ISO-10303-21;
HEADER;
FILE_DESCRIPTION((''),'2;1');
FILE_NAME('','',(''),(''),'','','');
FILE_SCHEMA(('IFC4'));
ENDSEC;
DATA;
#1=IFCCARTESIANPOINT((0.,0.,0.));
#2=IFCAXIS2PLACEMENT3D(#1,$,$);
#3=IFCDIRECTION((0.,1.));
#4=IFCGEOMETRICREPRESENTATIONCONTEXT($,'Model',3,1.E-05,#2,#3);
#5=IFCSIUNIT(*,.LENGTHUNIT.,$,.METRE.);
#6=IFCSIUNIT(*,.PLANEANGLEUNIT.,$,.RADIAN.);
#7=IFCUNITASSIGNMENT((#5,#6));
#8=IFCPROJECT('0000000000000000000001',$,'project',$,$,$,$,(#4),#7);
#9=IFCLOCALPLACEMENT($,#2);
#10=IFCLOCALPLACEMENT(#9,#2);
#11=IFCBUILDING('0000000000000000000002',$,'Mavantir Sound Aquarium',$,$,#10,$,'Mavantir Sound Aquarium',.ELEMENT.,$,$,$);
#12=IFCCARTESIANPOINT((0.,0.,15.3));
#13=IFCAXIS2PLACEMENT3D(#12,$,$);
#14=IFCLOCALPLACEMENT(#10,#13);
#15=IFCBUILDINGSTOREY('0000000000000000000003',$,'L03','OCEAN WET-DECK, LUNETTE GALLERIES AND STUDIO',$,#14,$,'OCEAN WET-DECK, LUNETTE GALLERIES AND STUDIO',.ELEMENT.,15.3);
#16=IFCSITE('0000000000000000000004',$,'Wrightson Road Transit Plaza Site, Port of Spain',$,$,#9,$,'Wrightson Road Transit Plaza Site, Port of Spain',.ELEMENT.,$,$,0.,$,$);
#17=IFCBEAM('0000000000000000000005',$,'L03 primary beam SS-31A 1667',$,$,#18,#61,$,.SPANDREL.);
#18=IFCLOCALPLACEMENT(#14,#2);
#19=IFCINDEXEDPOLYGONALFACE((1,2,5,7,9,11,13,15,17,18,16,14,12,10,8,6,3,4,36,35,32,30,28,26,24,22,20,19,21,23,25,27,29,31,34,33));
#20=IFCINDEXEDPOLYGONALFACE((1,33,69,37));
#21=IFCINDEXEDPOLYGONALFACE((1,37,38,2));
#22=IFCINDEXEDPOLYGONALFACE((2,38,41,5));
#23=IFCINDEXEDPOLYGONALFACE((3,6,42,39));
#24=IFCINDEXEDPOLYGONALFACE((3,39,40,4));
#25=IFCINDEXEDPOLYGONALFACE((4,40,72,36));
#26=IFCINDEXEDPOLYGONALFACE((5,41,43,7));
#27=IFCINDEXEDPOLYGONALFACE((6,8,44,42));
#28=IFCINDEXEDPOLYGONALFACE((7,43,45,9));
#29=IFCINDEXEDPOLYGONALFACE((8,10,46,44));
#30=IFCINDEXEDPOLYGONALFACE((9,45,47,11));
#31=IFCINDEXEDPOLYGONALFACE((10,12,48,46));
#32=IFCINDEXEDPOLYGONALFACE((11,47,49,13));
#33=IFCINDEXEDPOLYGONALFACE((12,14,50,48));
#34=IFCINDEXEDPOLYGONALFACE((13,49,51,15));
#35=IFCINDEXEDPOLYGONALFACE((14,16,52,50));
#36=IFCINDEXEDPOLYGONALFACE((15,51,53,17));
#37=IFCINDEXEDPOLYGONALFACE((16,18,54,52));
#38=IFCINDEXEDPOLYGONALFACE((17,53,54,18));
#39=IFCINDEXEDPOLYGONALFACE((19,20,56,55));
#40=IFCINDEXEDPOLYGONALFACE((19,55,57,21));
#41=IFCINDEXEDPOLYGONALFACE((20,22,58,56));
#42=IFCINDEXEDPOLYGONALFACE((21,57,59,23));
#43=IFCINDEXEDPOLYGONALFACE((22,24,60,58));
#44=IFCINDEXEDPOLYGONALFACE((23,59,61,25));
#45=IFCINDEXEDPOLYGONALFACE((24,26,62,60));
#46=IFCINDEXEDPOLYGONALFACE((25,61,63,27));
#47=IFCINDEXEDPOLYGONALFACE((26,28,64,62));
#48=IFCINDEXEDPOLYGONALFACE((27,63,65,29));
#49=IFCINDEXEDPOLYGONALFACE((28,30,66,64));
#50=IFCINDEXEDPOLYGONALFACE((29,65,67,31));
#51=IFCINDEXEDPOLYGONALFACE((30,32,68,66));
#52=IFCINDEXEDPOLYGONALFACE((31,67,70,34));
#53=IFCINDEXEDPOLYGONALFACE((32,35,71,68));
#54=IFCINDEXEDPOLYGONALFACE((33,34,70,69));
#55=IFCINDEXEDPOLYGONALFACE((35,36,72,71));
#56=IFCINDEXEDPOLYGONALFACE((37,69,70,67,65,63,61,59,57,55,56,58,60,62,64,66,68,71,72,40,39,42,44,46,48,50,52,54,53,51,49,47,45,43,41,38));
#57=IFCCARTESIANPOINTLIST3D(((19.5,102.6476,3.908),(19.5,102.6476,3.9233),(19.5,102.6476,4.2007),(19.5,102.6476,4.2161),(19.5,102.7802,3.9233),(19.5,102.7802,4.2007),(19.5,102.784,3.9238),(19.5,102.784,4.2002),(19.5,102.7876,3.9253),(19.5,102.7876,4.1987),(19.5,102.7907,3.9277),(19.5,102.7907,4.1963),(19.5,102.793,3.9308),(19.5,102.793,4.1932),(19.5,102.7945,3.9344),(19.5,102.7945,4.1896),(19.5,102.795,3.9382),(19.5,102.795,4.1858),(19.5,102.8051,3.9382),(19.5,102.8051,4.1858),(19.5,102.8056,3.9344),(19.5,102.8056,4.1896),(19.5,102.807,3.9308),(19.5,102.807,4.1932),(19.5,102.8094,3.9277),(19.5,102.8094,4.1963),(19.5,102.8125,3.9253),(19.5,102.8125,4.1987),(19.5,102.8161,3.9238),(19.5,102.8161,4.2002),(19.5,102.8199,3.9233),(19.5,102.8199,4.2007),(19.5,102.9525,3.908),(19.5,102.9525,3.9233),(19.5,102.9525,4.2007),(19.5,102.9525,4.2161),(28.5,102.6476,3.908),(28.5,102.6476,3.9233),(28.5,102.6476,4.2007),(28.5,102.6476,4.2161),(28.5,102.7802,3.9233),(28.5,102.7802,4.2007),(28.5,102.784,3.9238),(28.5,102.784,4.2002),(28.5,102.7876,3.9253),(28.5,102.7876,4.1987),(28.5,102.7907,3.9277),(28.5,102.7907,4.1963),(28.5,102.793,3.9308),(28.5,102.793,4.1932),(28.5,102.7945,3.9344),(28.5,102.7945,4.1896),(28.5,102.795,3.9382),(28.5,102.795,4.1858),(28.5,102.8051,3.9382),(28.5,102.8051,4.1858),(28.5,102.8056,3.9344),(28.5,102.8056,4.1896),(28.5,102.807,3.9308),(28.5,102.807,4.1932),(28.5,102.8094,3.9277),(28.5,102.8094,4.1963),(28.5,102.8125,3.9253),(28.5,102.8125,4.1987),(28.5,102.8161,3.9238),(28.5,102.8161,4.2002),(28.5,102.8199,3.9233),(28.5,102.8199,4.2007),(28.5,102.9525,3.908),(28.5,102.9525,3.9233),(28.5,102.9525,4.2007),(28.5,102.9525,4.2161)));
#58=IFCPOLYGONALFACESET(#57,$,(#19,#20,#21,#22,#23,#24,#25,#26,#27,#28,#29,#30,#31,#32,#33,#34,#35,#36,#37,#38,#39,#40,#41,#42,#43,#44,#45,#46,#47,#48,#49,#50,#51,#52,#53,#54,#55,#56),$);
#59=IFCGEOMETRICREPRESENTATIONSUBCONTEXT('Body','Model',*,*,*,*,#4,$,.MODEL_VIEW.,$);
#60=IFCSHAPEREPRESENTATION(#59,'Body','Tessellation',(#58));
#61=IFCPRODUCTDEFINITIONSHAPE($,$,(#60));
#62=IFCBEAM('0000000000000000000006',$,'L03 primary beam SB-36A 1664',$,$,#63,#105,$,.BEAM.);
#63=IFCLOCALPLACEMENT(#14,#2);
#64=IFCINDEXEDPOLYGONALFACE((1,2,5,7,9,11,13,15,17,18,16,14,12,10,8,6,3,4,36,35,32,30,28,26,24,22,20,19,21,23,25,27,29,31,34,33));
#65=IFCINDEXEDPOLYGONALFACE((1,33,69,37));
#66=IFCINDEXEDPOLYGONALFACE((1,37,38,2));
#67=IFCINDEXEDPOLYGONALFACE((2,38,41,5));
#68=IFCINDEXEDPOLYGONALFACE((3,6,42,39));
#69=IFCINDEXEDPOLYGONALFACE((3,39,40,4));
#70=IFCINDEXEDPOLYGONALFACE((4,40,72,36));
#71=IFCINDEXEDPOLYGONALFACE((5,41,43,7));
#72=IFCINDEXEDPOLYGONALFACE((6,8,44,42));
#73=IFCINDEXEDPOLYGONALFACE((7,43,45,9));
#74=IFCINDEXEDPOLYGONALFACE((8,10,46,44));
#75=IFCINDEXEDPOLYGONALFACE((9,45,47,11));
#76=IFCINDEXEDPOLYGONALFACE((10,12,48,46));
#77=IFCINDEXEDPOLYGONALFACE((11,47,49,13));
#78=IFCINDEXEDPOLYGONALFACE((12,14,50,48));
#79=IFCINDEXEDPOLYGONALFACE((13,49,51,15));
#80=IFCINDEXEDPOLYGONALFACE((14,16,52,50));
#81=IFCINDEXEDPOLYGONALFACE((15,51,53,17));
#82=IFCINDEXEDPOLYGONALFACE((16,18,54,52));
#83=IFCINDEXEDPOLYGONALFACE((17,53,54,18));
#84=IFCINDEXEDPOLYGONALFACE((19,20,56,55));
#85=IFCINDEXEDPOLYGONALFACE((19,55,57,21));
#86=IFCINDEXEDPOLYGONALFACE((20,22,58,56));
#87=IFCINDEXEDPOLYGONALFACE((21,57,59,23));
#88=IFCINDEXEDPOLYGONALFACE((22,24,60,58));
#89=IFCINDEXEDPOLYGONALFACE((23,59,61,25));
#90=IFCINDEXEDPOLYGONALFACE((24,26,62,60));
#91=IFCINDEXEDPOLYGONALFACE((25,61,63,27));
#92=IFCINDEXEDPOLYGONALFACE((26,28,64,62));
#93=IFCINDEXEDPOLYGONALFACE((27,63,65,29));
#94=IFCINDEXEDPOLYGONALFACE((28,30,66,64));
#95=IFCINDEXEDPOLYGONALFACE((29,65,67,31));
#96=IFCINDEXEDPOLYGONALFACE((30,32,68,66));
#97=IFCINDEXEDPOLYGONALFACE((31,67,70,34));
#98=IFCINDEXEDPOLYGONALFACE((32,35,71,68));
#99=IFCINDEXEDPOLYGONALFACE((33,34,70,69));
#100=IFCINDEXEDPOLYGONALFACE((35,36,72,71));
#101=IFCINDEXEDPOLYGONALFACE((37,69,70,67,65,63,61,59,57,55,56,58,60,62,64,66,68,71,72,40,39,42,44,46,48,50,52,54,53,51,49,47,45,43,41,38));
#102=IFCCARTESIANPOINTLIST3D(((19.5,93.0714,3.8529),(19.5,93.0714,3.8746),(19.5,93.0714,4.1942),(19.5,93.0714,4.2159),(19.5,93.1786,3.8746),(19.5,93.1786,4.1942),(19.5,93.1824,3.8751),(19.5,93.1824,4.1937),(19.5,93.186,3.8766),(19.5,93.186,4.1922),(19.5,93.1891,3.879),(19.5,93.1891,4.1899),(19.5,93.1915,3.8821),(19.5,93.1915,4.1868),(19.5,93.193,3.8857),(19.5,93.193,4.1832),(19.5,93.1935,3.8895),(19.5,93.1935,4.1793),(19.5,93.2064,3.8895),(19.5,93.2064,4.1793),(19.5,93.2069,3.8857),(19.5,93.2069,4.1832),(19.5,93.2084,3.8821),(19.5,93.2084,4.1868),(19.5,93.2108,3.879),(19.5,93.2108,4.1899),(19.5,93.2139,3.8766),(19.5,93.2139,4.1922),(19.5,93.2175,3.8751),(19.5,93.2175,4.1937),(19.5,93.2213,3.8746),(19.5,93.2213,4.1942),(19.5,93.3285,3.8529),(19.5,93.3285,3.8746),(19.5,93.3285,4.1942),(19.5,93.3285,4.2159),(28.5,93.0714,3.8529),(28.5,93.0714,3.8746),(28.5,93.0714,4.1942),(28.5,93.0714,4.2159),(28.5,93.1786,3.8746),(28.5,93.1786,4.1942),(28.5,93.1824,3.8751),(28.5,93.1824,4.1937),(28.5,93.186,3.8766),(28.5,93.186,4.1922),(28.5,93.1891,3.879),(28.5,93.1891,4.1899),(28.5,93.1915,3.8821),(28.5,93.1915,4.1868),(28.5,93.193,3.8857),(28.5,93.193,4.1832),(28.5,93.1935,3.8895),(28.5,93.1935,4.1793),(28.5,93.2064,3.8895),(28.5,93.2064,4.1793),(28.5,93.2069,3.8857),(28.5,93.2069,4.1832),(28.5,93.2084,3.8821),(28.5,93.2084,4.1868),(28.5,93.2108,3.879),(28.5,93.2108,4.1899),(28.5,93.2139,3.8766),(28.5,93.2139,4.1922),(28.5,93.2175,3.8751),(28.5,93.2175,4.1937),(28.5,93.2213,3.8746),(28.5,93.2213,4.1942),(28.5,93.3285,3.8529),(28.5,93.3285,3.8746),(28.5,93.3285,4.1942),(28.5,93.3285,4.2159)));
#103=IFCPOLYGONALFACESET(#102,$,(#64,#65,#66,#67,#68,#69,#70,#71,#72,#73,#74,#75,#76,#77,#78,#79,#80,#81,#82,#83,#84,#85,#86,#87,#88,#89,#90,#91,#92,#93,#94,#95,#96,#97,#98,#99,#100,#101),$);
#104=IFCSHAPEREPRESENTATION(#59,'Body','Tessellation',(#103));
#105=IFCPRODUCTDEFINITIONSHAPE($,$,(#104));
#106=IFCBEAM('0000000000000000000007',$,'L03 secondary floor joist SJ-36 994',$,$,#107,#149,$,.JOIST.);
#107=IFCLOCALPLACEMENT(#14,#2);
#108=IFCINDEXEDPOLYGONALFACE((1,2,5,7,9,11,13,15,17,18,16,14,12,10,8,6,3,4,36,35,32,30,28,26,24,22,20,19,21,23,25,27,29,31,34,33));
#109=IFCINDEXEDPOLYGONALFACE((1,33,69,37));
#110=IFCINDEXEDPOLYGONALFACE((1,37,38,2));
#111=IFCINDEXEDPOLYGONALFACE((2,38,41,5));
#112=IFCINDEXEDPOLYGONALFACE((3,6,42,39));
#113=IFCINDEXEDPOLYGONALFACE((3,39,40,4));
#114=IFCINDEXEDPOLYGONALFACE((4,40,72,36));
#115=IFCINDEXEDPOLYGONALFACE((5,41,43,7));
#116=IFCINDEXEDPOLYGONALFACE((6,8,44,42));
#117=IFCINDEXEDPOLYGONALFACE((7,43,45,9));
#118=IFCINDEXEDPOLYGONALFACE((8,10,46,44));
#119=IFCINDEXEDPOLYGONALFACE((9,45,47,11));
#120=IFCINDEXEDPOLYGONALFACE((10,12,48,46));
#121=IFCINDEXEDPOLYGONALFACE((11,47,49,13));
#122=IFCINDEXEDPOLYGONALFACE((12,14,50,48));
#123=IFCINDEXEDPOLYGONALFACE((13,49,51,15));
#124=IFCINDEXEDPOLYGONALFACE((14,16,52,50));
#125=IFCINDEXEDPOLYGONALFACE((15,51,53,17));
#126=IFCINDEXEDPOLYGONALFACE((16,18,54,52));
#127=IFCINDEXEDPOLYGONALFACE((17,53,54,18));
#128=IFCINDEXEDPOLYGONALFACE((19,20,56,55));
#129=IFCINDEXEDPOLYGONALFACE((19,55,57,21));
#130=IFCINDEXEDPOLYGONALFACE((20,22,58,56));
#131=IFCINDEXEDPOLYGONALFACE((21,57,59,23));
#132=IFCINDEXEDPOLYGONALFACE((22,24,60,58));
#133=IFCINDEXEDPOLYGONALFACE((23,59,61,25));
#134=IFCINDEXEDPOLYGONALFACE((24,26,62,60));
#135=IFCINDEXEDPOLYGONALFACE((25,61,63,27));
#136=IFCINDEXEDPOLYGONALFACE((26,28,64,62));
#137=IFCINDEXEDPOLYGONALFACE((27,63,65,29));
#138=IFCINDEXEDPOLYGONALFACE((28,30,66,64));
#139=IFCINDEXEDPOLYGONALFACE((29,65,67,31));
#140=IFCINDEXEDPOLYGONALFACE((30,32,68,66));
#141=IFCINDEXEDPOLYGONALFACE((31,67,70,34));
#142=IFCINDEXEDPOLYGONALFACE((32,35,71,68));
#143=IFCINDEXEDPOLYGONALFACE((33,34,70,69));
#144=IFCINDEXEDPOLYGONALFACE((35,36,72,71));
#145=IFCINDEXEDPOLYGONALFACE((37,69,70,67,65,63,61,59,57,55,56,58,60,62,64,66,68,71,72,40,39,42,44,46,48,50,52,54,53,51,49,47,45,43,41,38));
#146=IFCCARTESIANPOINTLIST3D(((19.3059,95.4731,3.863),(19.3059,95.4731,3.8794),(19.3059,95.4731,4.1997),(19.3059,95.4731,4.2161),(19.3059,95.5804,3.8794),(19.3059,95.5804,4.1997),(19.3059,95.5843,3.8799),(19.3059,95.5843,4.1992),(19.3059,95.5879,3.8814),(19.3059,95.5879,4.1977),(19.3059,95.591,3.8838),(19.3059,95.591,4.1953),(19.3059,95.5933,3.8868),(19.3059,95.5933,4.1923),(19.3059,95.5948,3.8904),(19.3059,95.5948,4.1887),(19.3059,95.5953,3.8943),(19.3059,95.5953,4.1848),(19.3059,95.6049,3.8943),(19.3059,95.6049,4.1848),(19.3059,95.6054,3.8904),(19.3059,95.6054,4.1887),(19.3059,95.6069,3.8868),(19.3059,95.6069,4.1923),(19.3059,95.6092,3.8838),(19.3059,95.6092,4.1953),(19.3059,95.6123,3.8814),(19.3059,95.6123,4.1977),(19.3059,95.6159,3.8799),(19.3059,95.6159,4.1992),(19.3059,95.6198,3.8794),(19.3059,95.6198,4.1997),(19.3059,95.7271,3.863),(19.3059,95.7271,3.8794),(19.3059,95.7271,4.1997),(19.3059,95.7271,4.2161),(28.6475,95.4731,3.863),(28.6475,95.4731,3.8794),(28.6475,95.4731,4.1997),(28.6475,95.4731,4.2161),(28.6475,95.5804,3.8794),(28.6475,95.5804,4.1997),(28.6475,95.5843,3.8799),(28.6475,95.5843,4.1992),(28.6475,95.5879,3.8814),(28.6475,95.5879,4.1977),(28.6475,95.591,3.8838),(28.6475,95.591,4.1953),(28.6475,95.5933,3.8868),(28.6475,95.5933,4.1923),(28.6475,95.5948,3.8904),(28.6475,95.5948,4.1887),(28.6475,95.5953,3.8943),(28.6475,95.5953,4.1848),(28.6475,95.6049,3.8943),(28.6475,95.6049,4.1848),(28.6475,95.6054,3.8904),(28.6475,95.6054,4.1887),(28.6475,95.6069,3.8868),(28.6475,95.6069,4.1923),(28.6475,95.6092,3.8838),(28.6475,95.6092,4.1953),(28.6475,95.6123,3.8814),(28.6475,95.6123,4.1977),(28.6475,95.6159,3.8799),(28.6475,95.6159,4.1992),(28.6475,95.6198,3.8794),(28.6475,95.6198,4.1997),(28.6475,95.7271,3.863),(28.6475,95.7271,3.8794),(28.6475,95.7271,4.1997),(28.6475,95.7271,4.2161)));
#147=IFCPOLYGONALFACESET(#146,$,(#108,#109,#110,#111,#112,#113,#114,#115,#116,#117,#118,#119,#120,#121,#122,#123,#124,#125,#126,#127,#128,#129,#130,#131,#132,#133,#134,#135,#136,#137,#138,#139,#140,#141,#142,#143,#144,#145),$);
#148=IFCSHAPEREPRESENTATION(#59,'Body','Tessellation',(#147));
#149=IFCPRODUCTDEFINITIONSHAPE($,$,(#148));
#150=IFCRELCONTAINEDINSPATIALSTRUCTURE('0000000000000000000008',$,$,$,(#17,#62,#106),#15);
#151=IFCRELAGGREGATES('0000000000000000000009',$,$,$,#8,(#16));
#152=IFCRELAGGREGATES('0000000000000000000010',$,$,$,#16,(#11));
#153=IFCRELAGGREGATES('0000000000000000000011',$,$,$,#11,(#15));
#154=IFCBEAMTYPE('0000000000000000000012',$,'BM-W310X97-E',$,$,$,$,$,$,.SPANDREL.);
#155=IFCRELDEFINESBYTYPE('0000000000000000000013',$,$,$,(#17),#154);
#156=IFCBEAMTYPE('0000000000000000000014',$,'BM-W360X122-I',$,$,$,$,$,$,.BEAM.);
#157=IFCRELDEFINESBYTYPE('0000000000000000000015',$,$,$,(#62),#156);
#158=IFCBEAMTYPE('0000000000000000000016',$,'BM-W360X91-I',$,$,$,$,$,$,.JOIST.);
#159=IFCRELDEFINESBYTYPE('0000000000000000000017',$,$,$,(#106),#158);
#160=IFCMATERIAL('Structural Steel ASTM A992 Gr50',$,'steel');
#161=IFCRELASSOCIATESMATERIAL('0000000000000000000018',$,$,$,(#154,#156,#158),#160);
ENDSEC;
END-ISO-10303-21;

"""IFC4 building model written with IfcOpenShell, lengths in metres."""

from ifc_helpers import new_model, si_unit, direction, frame, origin, origin_2d, place, context, subcontext, project, spatial, i_section, extrude, material, material_profile, profile_set, type_object, element, save


model = new_model("IFC4")

# Units and contexts
model_context = context("Model", 3, precision=1e-05, world=origin(), true_north=direction((0.0, 1.0)))
body_context = subcontext(model_context, "Body", "Model", "MODEL_VIEW")
ifc_project = project(units=[si_unit("LENGTHUNIT", "METRE"), si_unit("PLANEANGLEUNIT", "RADIAN")], contexts=[model_context])

# Site, building, storey
site_placement = place(None, origin())
site = spatial("IfcSite", under=ifc_project, at=site_placement, Name="Wrightson Road Transit Plaza Site, Port of Spain", LongName="Wrightson Road Transit Plaza Site, Port of Spain", CompositionType="ELEMENT", RefElevation=0.0)
building_placement = place(site_placement, origin())
building = spatial("IfcBuilding", under=site, at=building_placement, Name="Mavantir Sound Aquarium", LongName="Mavantir Sound Aquarium", CompositionType="ELEMENT")
storey_placement = place(building_placement, frame((0.0, 0.0, 15.3)))
storey = spatial("IfcBuildingStorey", under=building, at=storey_placement, Name="L03", Description="OCEAN WET-DECK, LUNETTE GALLERIES AND STUDIO", LongName="OCEAN WET-DECK, LUNETTE GALLERIES AND STUDIO", CompositionType="ELEMENT", Elevation=15.3)

# Beams
ifc_material_1 = material(Name="Structural Steel ASTM A992 Gr50", Category="steel")
ifc_material_profile_1 = material_profile(ifc_material_1, i_section(OverallWidth=0.3049, OverallDepth=0.3081, WebThickness=0.01, FlangeThickness=0.0154, FilletRadius=0.0149, at=origin_2d()), Name="W310X97")
ifc_profile_set_1 = profile_set([ifc_material_profile_1], Name="Structural Steel ASTM A992 Gr50")
beam_type_1 = type_object("IfcBeamType", Name="BM-W310X97-E", PredefinedType="SPANDREL", material=ifc_profile_set_1)
beam_1_placement = place(storey_placement, frame((19.5, 102.8, 4.062), z_axis=(1.0, 0.0, 0.0), x_axis=(0.0, 1.0, 0.0)))
element("IfcBeam", 1, at=beam_1_placement, inside=storey, type_object=beam_type_1, Name="L03 primary beam SS-31A 1667", PredefinedType="SPANDREL", context=body_context, shape_type="SweptSolid", body=[
    extrude(i_section(OverallWidth=0.3049, OverallDepth=0.3081, WebThickness=0.01, FlangeThickness=0.0154, FilletRadius=0.0149, at=origin_2d()), origin(), (0.0, 0.0, 1.0), 9.0),
])
ifc_material_profile_2 = material_profile(ifc_material_1, i_section(OverallWidth=0.2571, OverallDepth=0.363, WebThickness=0.0129, FlangeThickness=0.0217, FilletRadius=0.0149, at=origin_2d()), Name="W360X122")
ifc_profile_set_2 = profile_set([ifc_material_profile_2], Name="Structural Steel ASTM A992 Gr50")
beam_type_2 = type_object("IfcBeamType", Name="BM-W360X122-I", PredefinedType="BEAM", material=ifc_profile_set_2)
beam_2_placement = place(storey_placement, frame((19.5, 93.2, 4.0344), z_axis=(1.0, 0.0, 0.0), x_axis=(0.0, 1.0, 0.0)))
element("IfcBeam", 2, at=beam_2_placement, inside=storey, type_object=beam_type_2, Name="L03 primary beam SB-36A 1664", PredefinedType="BEAM", context=body_context, shape_type="SweptSolid", body=[
    extrude(i_section(OverallWidth=0.2571, OverallDepth=0.363, WebThickness=0.0129, FlangeThickness=0.0217, FilletRadius=0.0149, at=origin_2d()), origin(), (0.0, 0.0, 1.0), 9.0),
])
ifc_material_profile_3 = material_profile(ifc_material_1, i_section(OverallWidth=0.2539, OverallDepth=0.353, WebThickness=0.0095, FlangeThickness=0.0164, FilletRadius=0.0149, at=origin_2d()), Name="W360X91")
ifc_profile_set_3 = profile_set([ifc_material_profile_3], Name="Structural Steel ASTM A992 Gr50")
beam_type_3 = type_object("IfcBeamType", Name="BM-W360X91-I", PredefinedType="JOIST", material=ifc_profile_set_3)
beam_3_placement = place(storey_placement, frame((19.3059, 95.6001, 4.0396), z_axis=(1.0, 0.0, 0.0), x_axis=(0.0, 1.0, 0.0)))
element("IfcBeam", 3, at=beam_3_placement, inside=storey, type_object=beam_type_3, Name="L03 secondary floor joist SJ-36 994", PredefinedType="JOIST", context=body_context, shape_type="SweptSolid", body=[
    extrude(i_section(OverallWidth=0.2539, OverallDepth=0.353, WebThickness=0.0095, FlangeThickness=0.0164, FilletRadius=0.0149, at=origin_2d()), origin(), (0.0, 0.0, 1.0), 9.3416),
])

save(model, "model.ifc")
